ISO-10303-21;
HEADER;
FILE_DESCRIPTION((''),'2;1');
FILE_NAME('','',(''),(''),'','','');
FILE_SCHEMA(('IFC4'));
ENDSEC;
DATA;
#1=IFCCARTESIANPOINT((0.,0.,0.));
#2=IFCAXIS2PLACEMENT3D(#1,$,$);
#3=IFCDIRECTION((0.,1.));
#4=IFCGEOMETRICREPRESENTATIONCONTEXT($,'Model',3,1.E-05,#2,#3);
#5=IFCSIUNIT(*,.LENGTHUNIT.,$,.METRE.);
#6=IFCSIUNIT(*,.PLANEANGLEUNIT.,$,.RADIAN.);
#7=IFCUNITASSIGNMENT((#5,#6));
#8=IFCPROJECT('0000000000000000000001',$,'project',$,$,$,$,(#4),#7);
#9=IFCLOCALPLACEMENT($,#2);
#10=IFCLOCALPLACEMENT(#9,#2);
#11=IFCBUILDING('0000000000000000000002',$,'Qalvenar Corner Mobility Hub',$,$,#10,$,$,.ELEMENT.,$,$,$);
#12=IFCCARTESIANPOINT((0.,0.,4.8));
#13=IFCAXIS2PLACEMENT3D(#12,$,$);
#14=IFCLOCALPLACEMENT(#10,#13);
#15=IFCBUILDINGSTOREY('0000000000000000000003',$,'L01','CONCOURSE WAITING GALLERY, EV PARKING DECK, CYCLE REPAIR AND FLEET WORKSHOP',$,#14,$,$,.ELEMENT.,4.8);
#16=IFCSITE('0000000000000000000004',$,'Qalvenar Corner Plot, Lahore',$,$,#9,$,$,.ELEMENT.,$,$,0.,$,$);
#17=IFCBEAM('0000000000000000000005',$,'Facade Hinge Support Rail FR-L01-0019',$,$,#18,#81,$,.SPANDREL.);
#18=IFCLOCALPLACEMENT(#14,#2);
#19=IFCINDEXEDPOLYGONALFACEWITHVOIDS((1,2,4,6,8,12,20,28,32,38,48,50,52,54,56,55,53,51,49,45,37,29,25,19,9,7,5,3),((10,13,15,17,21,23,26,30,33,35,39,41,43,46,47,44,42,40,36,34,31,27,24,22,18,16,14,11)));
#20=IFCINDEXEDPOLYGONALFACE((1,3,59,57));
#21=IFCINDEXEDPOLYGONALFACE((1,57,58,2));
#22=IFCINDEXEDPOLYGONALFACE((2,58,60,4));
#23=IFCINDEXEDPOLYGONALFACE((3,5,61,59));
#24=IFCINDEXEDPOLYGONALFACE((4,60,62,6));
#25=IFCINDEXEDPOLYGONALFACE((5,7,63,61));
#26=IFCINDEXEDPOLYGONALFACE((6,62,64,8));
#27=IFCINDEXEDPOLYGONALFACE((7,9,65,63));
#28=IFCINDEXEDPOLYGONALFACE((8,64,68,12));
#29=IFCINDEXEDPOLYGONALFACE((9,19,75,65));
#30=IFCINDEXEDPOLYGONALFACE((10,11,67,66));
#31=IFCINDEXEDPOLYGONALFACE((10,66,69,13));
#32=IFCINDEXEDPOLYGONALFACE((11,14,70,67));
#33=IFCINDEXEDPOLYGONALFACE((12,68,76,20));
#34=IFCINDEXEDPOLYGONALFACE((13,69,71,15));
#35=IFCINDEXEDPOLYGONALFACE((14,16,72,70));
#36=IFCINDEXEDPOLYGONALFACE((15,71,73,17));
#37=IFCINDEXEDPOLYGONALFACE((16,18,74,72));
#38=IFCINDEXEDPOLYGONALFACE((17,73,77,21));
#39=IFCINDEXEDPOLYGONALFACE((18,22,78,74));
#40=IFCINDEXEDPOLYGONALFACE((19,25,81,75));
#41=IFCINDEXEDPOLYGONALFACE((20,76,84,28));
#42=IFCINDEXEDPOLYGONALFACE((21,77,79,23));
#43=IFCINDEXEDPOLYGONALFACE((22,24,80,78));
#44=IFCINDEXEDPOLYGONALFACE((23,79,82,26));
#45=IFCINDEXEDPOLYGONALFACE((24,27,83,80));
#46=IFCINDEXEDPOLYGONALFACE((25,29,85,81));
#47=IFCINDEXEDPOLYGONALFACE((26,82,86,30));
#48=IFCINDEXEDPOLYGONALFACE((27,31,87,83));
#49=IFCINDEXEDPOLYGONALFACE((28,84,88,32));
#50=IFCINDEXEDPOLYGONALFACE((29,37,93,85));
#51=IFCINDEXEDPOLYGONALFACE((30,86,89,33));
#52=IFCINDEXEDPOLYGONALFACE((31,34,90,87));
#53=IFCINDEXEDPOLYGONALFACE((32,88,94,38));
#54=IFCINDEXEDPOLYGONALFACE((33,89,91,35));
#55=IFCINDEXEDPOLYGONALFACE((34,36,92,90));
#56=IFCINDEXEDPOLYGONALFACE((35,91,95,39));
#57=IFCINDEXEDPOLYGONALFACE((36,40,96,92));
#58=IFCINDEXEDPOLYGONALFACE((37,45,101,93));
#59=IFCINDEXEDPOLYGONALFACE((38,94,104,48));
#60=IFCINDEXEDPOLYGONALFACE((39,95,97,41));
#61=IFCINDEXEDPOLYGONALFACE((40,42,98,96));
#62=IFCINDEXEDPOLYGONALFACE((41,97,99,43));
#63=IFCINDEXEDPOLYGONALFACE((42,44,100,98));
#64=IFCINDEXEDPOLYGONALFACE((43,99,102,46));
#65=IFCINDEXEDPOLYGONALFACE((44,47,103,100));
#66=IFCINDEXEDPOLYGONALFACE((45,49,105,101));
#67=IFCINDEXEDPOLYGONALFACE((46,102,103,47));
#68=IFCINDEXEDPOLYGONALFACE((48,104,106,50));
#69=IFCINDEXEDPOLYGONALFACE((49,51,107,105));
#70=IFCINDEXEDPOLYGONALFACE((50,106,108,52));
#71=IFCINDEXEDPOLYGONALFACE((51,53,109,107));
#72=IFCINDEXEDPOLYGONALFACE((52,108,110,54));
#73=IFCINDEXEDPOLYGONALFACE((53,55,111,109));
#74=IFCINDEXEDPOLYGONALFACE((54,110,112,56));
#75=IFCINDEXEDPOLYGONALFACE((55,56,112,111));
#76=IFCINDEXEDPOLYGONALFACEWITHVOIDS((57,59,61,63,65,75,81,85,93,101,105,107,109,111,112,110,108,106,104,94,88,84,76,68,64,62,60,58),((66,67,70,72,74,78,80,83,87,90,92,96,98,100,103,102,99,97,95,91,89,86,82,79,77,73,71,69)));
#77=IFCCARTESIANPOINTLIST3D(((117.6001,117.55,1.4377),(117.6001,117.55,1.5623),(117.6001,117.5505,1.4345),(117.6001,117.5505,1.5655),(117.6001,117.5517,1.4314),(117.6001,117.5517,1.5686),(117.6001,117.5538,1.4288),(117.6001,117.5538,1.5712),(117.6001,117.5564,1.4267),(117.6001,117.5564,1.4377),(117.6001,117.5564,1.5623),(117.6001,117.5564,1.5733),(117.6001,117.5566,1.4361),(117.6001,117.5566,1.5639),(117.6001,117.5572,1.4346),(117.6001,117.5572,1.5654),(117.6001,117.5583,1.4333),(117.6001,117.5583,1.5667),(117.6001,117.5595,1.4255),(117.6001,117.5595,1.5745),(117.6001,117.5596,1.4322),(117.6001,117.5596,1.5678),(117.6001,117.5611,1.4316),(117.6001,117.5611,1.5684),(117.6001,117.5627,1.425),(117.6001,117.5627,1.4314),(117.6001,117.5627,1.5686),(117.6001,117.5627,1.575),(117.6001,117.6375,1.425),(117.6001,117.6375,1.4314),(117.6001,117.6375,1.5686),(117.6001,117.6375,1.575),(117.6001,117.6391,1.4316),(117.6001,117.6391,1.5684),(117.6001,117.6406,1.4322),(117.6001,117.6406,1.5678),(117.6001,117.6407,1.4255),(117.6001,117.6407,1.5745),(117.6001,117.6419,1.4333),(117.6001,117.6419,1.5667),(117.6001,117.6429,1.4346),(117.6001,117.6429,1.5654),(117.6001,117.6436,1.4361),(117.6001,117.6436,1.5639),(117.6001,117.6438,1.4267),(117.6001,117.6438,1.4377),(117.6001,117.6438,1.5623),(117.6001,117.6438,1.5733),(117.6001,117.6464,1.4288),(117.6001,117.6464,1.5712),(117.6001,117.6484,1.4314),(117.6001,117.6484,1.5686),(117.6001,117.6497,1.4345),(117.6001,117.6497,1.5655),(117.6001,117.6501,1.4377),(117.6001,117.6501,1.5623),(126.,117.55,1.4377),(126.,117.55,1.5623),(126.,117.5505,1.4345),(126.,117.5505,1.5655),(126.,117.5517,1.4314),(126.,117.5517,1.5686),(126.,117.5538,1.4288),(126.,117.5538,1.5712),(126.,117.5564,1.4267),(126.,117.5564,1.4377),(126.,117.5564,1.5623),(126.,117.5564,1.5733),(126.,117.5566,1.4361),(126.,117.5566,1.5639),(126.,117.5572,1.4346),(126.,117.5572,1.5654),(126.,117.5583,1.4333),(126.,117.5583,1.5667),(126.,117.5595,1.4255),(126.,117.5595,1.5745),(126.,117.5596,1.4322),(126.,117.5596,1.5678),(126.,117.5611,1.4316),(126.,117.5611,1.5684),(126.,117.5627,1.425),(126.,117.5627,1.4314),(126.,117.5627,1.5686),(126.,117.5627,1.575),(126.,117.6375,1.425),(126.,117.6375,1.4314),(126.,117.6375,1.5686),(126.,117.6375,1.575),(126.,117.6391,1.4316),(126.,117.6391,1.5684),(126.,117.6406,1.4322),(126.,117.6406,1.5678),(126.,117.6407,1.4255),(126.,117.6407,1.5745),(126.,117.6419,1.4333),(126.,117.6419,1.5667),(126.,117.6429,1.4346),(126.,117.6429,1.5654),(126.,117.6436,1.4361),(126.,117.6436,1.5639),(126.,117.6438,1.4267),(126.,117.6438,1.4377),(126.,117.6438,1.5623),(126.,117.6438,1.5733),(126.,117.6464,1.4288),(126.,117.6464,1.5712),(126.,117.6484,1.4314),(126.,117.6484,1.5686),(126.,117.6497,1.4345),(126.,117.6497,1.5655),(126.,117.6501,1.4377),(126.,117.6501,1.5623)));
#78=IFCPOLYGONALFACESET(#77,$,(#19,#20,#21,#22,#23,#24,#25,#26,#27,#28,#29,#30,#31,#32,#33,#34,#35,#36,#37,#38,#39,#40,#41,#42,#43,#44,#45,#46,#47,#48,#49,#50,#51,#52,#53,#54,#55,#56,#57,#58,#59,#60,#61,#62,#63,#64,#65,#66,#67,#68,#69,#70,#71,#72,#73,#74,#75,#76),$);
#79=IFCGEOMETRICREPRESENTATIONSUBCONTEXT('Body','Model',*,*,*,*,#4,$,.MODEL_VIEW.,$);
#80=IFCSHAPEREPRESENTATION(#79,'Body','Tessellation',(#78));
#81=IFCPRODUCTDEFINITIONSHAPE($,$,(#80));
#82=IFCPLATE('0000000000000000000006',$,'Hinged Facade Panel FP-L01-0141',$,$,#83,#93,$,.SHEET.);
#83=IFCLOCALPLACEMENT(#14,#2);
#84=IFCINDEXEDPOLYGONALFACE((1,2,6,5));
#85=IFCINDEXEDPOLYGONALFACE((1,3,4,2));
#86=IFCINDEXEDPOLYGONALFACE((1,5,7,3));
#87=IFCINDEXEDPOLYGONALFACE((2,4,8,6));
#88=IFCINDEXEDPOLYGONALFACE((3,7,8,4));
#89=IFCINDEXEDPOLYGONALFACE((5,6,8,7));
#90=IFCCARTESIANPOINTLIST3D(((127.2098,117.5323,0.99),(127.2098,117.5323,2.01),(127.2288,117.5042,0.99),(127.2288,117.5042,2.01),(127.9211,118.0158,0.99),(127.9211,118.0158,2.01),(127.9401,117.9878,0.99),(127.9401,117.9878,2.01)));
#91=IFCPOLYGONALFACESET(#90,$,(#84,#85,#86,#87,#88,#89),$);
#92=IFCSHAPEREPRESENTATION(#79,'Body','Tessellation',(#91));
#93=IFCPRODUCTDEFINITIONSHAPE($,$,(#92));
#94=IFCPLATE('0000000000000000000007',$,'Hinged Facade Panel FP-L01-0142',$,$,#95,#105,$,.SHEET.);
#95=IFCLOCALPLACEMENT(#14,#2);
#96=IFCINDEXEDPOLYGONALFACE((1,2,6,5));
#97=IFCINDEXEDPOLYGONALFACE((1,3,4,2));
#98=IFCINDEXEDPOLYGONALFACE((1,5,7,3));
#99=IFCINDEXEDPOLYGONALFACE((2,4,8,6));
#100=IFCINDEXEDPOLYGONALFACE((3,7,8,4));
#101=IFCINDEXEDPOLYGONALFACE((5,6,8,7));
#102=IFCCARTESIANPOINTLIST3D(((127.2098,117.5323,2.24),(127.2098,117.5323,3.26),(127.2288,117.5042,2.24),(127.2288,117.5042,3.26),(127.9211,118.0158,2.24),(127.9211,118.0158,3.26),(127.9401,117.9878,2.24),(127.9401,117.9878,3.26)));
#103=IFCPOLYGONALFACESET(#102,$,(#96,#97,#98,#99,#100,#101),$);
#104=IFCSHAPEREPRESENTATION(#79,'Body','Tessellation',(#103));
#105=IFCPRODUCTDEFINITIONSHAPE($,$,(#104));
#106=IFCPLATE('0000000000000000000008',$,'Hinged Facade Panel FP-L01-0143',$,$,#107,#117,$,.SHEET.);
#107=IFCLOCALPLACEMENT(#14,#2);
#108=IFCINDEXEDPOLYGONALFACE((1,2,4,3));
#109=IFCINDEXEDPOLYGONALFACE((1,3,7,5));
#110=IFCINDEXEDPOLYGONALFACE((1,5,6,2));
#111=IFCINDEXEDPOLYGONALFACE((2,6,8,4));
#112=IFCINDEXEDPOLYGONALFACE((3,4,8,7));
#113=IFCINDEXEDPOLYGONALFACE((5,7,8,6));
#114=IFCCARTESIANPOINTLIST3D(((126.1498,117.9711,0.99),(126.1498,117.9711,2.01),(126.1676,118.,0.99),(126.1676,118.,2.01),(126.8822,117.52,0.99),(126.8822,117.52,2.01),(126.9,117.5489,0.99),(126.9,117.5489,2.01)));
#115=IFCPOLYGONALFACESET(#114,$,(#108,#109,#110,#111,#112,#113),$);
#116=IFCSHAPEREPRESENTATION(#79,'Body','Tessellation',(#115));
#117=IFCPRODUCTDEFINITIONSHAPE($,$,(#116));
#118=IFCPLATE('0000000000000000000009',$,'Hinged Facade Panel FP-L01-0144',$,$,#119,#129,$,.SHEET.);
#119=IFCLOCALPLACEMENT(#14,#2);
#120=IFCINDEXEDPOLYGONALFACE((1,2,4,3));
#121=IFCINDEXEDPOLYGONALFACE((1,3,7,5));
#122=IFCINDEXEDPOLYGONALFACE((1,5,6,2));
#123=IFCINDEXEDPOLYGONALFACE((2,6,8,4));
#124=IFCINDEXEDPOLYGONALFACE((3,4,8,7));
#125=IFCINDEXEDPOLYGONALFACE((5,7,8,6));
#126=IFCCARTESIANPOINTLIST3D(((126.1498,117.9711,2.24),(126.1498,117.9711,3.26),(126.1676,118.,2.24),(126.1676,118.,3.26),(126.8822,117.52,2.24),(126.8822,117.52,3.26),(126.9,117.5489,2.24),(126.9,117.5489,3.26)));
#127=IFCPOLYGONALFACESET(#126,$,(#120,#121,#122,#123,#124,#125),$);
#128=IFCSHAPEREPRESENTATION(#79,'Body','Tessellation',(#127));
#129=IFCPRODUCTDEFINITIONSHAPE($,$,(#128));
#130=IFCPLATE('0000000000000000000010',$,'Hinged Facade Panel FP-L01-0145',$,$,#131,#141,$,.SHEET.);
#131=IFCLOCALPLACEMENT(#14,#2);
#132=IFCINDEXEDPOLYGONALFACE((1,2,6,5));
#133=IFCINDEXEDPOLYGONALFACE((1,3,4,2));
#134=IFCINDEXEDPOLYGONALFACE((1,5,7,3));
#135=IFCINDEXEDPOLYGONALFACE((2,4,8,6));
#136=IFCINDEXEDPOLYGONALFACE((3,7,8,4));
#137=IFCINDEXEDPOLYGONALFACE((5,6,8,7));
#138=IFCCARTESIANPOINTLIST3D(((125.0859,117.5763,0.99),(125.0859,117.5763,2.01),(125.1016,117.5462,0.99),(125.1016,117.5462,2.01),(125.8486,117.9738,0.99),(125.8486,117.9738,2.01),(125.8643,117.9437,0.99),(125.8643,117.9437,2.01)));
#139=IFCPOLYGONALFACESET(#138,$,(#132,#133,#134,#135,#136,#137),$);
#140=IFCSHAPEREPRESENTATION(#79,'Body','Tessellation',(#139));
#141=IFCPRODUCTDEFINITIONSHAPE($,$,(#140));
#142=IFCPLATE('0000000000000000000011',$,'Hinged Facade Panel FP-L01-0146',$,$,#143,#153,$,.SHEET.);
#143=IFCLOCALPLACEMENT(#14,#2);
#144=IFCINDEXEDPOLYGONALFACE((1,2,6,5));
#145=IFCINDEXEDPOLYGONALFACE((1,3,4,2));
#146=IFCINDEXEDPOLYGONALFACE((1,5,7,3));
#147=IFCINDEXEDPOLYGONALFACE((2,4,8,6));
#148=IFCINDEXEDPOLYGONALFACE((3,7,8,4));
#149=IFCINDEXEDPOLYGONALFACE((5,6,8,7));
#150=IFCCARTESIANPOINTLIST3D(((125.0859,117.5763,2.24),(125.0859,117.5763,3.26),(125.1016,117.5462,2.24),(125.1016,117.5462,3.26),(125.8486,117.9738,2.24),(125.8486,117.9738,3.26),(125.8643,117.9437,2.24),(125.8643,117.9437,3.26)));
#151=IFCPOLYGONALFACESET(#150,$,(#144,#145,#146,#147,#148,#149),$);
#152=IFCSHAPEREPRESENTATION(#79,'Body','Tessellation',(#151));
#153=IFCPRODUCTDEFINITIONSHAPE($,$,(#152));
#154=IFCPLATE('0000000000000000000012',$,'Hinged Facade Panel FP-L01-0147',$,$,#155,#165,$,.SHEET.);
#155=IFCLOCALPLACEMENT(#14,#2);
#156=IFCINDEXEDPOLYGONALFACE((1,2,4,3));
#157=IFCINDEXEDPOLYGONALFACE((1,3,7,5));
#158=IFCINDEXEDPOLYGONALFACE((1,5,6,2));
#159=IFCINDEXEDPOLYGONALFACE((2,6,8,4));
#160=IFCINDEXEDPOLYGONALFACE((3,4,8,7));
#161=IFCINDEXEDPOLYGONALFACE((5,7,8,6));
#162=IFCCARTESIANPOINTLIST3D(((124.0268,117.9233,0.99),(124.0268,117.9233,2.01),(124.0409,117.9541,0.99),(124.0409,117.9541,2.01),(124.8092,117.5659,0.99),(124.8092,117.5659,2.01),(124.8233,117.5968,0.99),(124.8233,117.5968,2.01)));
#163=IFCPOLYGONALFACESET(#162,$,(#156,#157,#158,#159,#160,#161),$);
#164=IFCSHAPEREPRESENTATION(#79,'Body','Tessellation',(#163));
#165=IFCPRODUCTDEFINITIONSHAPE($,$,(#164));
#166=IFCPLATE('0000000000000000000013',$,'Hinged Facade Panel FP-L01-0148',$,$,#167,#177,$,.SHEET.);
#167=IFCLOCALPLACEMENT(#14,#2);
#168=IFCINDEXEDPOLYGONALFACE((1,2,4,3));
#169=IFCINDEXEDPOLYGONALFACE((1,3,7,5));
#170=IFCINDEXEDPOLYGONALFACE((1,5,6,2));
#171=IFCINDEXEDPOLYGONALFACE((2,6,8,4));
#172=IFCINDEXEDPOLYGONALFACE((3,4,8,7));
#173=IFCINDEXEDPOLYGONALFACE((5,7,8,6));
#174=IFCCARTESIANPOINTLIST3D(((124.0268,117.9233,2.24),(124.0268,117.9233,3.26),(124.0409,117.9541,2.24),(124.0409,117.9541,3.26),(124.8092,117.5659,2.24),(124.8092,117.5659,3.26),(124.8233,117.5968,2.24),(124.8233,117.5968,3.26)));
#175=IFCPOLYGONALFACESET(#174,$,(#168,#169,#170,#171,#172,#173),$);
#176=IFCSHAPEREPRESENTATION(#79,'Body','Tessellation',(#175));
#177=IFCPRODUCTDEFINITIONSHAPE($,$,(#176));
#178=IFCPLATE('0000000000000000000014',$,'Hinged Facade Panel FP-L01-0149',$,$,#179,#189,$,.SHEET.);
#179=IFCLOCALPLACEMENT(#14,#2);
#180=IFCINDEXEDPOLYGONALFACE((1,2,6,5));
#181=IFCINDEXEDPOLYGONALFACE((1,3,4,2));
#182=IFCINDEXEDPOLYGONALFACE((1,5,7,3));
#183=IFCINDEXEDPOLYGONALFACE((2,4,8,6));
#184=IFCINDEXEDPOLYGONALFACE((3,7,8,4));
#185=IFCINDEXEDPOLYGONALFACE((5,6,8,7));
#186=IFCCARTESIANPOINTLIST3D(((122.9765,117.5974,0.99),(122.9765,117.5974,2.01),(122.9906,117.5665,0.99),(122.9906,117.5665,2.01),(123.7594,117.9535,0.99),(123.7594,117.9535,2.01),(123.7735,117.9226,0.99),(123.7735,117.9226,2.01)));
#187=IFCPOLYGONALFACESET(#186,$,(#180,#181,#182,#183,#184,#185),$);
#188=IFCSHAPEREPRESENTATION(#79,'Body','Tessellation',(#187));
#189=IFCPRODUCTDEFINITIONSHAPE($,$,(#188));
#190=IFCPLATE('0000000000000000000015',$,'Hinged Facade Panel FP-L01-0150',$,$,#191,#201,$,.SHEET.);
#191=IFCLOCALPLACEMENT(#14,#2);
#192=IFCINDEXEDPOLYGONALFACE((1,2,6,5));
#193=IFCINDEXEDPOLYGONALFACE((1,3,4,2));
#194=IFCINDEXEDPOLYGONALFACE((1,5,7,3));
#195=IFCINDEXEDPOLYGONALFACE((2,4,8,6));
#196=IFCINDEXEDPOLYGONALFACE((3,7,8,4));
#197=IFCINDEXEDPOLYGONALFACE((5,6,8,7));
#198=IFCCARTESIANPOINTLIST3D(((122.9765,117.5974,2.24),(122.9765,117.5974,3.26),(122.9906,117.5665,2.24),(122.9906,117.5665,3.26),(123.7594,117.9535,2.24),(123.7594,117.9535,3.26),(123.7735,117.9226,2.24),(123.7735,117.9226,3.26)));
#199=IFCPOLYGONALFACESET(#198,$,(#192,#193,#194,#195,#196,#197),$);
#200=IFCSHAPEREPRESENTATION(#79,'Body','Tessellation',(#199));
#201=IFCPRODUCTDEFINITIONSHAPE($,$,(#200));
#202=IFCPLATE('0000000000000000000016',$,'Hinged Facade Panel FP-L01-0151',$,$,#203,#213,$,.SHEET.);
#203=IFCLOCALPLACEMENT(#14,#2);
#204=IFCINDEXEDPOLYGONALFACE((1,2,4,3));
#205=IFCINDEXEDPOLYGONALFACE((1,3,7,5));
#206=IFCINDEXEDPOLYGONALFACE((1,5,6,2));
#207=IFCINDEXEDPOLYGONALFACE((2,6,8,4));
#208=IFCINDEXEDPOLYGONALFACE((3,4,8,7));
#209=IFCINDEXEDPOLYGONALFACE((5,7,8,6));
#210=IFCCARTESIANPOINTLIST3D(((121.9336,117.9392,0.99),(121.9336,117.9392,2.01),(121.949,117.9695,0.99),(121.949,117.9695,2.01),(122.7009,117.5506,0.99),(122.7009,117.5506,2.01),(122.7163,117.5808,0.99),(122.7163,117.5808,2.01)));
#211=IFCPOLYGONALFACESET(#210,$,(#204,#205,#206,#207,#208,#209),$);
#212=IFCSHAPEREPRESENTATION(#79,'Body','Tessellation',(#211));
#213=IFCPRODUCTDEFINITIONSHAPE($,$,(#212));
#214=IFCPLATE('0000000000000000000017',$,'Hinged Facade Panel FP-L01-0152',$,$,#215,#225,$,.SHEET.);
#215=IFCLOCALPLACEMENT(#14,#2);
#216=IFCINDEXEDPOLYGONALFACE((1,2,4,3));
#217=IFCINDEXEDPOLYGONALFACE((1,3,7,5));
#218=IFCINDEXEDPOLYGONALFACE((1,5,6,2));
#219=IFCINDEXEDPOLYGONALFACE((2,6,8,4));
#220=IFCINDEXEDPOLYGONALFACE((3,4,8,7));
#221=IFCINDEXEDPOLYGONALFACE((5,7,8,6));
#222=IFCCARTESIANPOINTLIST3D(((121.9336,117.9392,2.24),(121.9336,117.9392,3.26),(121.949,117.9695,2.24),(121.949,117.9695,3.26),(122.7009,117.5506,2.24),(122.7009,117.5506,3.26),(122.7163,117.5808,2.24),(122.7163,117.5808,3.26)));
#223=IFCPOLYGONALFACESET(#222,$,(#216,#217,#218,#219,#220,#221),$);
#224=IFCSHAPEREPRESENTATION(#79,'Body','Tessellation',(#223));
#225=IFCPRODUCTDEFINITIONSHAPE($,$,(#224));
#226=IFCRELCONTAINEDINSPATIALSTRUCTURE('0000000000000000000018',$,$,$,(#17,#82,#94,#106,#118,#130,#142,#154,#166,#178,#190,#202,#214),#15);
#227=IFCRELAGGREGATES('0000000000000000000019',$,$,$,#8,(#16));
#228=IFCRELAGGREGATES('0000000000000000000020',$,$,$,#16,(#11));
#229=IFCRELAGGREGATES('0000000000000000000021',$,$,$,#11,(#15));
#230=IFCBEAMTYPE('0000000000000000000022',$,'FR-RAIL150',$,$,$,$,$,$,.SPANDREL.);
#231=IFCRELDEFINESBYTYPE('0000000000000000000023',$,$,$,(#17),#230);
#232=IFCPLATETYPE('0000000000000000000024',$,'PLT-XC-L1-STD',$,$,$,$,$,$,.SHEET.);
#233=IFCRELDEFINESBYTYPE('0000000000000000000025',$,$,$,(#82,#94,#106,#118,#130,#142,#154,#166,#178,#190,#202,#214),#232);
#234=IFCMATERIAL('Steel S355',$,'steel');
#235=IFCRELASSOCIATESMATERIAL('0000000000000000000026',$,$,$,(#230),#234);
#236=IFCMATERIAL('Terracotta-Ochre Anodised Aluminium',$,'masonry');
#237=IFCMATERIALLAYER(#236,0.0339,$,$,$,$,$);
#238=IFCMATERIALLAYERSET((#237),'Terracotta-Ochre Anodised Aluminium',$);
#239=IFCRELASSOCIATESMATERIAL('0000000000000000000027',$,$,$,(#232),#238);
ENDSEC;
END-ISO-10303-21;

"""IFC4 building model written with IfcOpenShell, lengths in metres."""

from ifc_helpers import new_model, si_unit, direction, frame, origin, origin_2d, place, context, subcontext, project, spatial, rectangle, hollow_rectangle, extrude, material, layer, layer_set, material_profile, profile_set, type_object, element, save


model = new_model("IFC4")

# Units and contexts
model_context = context("Model", 3, precision=1e-05, world=origin(), true_north=direction((0.0, 1.0)))
body_context = subcontext(model_context, "Body", "Model", "MODEL_VIEW")
ifc_project = project(units=[si_unit("LENGTHUNIT", "METRE"), si_unit("PLANEANGLEUNIT", "RADIAN")], contexts=[model_context])

# Site, building, storey
site_placement = place(None, origin())
site = spatial("IfcSite", under=ifc_project, at=site_placement, Name="Qalvenar Corner Plot, Lahore", CompositionType="ELEMENT", RefElevation=0.0)
building_placement = place(site_placement, origin())
building = spatial("IfcBuilding", under=site, at=building_placement, Name="Qalvenar Corner Mobility Hub", CompositionType="ELEMENT")
storey_placement = place(building_placement, frame((0.0, 0.0, 4.8)))
storey = spatial("IfcBuildingStorey", under=building, at=storey_placement, Name="L01", Description="CONCOURSE WAITING GALLERY, EV PARKING DECK, CYCLE REPAIR AND FLEET WORKSHOP", CompositionType="ELEMENT", Elevation=4.8)

# Shared definitions
ifc_material_1 = material(Name="Steel S355", Category="steel")

# Beam
ifc_material_profile_1 = material_profile(ifc_material_1, hollow_rectangle(XDim=0.1001, YDim=0.1499, WallThickness=0.0063, InnerFilletRadius=0.0063, OuterFilletRadius=0.0127, at=origin_2d()), Name="RHS150x100x6.3")
ifc_profile_set_1 = profile_set([ifc_material_profile_1], Name="Steel S355")
beam_type_1 = type_object("IfcBeamType", Name="FR-RAIL150", PredefinedType="SPANDREL", material=ifc_profile_set_1)
beam_1_placement = place(storey_placement, frame((126.0, 117.6001, 1.5), z_axis=(-1.0, 0.0, 0.0), x_axis=(0.0, -1.0, 0.0)))
element("IfcBeam", 1, at=beam_1_placement, inside=storey, type_object=beam_type_1, Name="Facade Hinge Support Rail FR-L01-0019", PredefinedType="SPANDREL", context=body_context, shape_type="SweptSolid", body=[
    extrude(hollow_rectangle(XDim=0.1001, YDim=0.1499, WallThickness=0.0063, InnerFilletRadius=0.0063, OuterFilletRadius=0.0127, at=origin_2d()), origin(), (0.0, 0.0, 1.0), 8.3999),
])

# Plates
ifc_material_2 = material(Name="Terracotta-Ochre Anodised Aluminium", Category="masonry")
ifc_layer = layer(ifc_material_2, 0.0339)
ifc_layer_set = layer_set([ifc_layer], Name="Terracotta-Ochre Anodised Aluminium")
plate_type = type_object("IfcPlateType", Name="PLT-XC-L1-STD", PredefinedType="SHEET", material=ifc_layer_set)
for number, where, z_axis, x_axis, name in (
    (2, (127.575, 117.76, 0.99), (0.0, 0.0, 1.0), (-0.826982, -0.562228, 0.0), "Hinged Facade Panel FP-L01-0141"),
    (3, (127.575, 117.76, 2.24), (0.0, 0.0, 1.0), (-0.826982, -0.562228, 0.0), "Hinged Facade Panel FP-L01-0142"),
    (4, (126.5249, 117.76, 0.99), (0.0, 0.0, 1.0), (-0.851452, 0.524432, 0.0), "Hinged Facade Panel FP-L01-0143"),
    (5, (126.5249, 117.76, 2.24), (0.0, 0.0, 1.0), (-0.851452, 0.524432, 0.0), "Hinged Facade Panel FP-L01-0144"),
    (6, (125.4751, 117.76, 0.99), (0.0, 0.0, 1.0), (-0.886769, -0.462213, 0.0), "Hinged Facade Panel FP-L01-0145"),
    (7, (125.4751, 117.76, 2.24), (0.0, 0.0, 1.0), (-0.886769, -0.462213, 0.0), "Hinged Facade Panel FP-L01-0146"),
    (8, (124.425, 117.76, 0.99), (0.0, 0.0, 1.0), (-0.909599, 0.415487, 0.0), "Hinged Facade Panel FP-L01-0147"),
    (9, (124.425, 117.76, 2.24), (0.0, 0.0, 1.0), (-0.909599, 0.415487, 0.0), "Hinged Facade Panel FP-L01-0148"),
    (10, (123.375, 117.76, 0.99), (0.0, 0.0, 1.0), (-0.910251, -0.414058, 0.0), "Hinged Facade Panel FP-L01-0149"),
    (11, (123.375, 117.76, 2.24), (0.0, 0.0, 1.0), (-0.910251, -0.414058, 0.0), "Hinged Facade Panel FP-L01-0150"),
    (12, (122.325, 117.76, 0.99), (0.0, 0.0, 1.0), (-0.892113, 0.451812, 0.0), "Hinged Facade Panel FP-L01-0151"),
    (13, (122.325, 117.76, 2.24), (0.0, 0.0, 1.0), (-0.892113, 0.451812, 0.0), "Hinged Facade Panel FP-L01-0152"),
):
    element("IfcPlate", number, at=place(storey_placement, frame(where, z_axis=z_axis, x_axis=x_axis)), inside=storey, type_object=plate_type, Name=name, PredefinedType="SHEET", context=body_context, shape_type="SweptSolid", body=[
        extrude(rectangle(XDim=0.8601, YDim=0.0339, at=origin_2d()), origin(), (0.0, 0.0, 1.0), 1.02),
    ])

save(model, "model.ifc")
